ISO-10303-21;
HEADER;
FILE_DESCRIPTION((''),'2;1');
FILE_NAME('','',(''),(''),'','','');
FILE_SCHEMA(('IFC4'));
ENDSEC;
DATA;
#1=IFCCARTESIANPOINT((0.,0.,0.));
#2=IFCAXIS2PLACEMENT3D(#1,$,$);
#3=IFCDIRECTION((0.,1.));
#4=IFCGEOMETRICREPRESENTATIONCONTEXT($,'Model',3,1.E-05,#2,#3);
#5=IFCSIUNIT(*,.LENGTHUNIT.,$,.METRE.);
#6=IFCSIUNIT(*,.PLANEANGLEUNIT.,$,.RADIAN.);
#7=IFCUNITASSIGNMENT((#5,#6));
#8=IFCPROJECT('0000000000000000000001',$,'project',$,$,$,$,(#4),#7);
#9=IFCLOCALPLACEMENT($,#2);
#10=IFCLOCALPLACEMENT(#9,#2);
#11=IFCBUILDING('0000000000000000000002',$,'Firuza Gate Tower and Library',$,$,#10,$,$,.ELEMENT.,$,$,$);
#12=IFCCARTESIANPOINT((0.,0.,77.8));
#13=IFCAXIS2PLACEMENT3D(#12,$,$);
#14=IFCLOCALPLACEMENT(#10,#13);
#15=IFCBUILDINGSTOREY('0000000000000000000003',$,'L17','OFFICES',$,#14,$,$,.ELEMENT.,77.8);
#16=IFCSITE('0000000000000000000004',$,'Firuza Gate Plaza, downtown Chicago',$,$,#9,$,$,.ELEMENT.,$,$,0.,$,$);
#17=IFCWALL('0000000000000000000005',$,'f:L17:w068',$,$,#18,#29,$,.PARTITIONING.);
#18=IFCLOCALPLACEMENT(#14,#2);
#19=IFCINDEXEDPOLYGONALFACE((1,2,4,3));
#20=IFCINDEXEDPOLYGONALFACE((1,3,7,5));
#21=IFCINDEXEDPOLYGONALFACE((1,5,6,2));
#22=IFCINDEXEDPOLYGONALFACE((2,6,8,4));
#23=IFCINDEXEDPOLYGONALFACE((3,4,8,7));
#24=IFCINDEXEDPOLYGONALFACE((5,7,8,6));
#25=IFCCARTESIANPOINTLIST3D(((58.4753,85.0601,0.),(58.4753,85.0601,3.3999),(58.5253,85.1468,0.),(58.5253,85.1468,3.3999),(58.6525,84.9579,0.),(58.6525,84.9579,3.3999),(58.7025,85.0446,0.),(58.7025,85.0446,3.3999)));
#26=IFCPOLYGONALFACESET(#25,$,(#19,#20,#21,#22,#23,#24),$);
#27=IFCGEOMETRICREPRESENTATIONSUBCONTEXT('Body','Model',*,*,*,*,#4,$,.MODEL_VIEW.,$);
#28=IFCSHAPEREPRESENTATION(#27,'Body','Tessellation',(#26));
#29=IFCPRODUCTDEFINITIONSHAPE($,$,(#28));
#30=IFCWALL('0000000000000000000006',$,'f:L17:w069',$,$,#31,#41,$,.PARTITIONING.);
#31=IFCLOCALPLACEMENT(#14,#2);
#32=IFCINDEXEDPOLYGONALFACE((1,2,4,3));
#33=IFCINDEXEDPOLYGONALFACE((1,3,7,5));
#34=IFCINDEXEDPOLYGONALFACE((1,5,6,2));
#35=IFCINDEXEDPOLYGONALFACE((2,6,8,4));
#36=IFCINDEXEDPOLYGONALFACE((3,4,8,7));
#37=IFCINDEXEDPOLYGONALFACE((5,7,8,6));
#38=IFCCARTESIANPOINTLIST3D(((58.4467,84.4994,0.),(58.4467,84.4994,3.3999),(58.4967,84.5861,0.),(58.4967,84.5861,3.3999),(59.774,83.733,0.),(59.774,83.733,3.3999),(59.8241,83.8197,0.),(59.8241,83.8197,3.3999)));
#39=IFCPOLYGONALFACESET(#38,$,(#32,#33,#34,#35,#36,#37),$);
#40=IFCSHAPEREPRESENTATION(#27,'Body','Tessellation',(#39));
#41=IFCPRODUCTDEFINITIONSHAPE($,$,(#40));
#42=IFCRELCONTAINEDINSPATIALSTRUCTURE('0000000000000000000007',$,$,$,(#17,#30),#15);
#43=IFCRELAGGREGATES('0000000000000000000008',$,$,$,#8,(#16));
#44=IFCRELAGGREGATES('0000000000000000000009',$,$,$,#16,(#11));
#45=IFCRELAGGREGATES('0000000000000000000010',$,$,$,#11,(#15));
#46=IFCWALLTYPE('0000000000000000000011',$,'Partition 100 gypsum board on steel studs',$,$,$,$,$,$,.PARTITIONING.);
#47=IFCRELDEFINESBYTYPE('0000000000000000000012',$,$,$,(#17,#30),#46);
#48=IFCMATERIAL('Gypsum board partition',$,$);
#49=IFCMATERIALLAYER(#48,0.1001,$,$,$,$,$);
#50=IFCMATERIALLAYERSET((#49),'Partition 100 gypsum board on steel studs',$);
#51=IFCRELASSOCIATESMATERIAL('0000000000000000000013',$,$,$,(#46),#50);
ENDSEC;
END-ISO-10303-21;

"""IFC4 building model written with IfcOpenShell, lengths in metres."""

from ifc_helpers import new_model, si_unit, direction, frame, frame_2d, origin, place, context, subcontext, project, spatial, rectangle, extrude, material, layer, layer_set, type_object, element, save


model = new_model("IFC4")

# Units and contexts
model_context = context("Model", 3, precision=1e-05, world=origin(), true_north=direction((0.0, 1.0)))
body_context = subcontext(model_context, "Body", "Model", "MODEL_VIEW")
ifc_project = project(units=[si_unit("LENGTHUNIT", "METRE"), si_unit("PLANEANGLEUNIT", "RADIAN")], contexts=[model_context])

# Site, building, storey
site_placement = place(None, origin())
site = spatial("IfcSite", under=ifc_project, at=site_placement, Name="Firuza Gate Plaza, downtown Chicago", CompositionType="ELEMENT", RefElevation=0.0)
building_placement = place(site_placement, origin())
building = spatial("IfcBuilding", under=site, at=building_placement, Name="Firuza Gate Tower and Library", CompositionType="ELEMENT")
storey_placement = place(building_placement, frame((0.0, 0.0, 77.8)))
storey = spatial("IfcBuildingStorey", under=building, at=storey_placement, Name="L17", Description="OFFICES", CompositionType="ELEMENT", Elevation=77.8)

# Walls
ifc_material_1 = material(Name="Gypsum board partition")
ifc_layer_1 = layer(ifc_material_1, 0.1001)
ifc_layer_set_1 = layer_set([ifc_layer_1], Name="Partition 100 gypsum board on steel studs")
wall_type_1 = type_object("IfcWallType", Name="Partition 100 gypsum board on steel studs", PredefinedType="PARTITIONING", material=ifc_layer_set_1)
wall_1_placement = place(storey_placement, frame((58.6775, 85.0012, 0.0), z_axis=(0.0, 0.0, 1.0), x_axis=(-0.866106, 0.49986, 0.0)))
element("IfcWall", 1, at=wall_1_placement, inside=storey, type_object=wall_type_1, Name="f:L17:w068", PredefinedType="PARTITIONING", context=body_context, shape_type="SweptSolid", body=[
    extrude(rectangle(XDim=0.2046, YDim=0.1001, at=frame_2d((0.1023, 0.0))), origin(), (0.0, 0.0, 1.0), 3.3999),
])
wall_2_placement = place(storey_placement, frame((59.7991, 83.7764, 0.0), z_axis=(0.0, 0.0, 1.0), x_axis=(-0.866029, 0.499994, 0.0)))
element("IfcWall", 2, at=wall_2_placement, inside=storey, type_object=wall_type_1, Name="f:L17:w069", PredefinedType="PARTITIONING", context=body_context, shape_type="SweptSolid", body=[
    extrude(rectangle(XDim=1.5327, YDim=0.1001, at=frame_2d((0.7664, 0.0))), origin(), (0.0, 0.0, 1.0), 3.3999),
])

save(model, "model.ifc")
